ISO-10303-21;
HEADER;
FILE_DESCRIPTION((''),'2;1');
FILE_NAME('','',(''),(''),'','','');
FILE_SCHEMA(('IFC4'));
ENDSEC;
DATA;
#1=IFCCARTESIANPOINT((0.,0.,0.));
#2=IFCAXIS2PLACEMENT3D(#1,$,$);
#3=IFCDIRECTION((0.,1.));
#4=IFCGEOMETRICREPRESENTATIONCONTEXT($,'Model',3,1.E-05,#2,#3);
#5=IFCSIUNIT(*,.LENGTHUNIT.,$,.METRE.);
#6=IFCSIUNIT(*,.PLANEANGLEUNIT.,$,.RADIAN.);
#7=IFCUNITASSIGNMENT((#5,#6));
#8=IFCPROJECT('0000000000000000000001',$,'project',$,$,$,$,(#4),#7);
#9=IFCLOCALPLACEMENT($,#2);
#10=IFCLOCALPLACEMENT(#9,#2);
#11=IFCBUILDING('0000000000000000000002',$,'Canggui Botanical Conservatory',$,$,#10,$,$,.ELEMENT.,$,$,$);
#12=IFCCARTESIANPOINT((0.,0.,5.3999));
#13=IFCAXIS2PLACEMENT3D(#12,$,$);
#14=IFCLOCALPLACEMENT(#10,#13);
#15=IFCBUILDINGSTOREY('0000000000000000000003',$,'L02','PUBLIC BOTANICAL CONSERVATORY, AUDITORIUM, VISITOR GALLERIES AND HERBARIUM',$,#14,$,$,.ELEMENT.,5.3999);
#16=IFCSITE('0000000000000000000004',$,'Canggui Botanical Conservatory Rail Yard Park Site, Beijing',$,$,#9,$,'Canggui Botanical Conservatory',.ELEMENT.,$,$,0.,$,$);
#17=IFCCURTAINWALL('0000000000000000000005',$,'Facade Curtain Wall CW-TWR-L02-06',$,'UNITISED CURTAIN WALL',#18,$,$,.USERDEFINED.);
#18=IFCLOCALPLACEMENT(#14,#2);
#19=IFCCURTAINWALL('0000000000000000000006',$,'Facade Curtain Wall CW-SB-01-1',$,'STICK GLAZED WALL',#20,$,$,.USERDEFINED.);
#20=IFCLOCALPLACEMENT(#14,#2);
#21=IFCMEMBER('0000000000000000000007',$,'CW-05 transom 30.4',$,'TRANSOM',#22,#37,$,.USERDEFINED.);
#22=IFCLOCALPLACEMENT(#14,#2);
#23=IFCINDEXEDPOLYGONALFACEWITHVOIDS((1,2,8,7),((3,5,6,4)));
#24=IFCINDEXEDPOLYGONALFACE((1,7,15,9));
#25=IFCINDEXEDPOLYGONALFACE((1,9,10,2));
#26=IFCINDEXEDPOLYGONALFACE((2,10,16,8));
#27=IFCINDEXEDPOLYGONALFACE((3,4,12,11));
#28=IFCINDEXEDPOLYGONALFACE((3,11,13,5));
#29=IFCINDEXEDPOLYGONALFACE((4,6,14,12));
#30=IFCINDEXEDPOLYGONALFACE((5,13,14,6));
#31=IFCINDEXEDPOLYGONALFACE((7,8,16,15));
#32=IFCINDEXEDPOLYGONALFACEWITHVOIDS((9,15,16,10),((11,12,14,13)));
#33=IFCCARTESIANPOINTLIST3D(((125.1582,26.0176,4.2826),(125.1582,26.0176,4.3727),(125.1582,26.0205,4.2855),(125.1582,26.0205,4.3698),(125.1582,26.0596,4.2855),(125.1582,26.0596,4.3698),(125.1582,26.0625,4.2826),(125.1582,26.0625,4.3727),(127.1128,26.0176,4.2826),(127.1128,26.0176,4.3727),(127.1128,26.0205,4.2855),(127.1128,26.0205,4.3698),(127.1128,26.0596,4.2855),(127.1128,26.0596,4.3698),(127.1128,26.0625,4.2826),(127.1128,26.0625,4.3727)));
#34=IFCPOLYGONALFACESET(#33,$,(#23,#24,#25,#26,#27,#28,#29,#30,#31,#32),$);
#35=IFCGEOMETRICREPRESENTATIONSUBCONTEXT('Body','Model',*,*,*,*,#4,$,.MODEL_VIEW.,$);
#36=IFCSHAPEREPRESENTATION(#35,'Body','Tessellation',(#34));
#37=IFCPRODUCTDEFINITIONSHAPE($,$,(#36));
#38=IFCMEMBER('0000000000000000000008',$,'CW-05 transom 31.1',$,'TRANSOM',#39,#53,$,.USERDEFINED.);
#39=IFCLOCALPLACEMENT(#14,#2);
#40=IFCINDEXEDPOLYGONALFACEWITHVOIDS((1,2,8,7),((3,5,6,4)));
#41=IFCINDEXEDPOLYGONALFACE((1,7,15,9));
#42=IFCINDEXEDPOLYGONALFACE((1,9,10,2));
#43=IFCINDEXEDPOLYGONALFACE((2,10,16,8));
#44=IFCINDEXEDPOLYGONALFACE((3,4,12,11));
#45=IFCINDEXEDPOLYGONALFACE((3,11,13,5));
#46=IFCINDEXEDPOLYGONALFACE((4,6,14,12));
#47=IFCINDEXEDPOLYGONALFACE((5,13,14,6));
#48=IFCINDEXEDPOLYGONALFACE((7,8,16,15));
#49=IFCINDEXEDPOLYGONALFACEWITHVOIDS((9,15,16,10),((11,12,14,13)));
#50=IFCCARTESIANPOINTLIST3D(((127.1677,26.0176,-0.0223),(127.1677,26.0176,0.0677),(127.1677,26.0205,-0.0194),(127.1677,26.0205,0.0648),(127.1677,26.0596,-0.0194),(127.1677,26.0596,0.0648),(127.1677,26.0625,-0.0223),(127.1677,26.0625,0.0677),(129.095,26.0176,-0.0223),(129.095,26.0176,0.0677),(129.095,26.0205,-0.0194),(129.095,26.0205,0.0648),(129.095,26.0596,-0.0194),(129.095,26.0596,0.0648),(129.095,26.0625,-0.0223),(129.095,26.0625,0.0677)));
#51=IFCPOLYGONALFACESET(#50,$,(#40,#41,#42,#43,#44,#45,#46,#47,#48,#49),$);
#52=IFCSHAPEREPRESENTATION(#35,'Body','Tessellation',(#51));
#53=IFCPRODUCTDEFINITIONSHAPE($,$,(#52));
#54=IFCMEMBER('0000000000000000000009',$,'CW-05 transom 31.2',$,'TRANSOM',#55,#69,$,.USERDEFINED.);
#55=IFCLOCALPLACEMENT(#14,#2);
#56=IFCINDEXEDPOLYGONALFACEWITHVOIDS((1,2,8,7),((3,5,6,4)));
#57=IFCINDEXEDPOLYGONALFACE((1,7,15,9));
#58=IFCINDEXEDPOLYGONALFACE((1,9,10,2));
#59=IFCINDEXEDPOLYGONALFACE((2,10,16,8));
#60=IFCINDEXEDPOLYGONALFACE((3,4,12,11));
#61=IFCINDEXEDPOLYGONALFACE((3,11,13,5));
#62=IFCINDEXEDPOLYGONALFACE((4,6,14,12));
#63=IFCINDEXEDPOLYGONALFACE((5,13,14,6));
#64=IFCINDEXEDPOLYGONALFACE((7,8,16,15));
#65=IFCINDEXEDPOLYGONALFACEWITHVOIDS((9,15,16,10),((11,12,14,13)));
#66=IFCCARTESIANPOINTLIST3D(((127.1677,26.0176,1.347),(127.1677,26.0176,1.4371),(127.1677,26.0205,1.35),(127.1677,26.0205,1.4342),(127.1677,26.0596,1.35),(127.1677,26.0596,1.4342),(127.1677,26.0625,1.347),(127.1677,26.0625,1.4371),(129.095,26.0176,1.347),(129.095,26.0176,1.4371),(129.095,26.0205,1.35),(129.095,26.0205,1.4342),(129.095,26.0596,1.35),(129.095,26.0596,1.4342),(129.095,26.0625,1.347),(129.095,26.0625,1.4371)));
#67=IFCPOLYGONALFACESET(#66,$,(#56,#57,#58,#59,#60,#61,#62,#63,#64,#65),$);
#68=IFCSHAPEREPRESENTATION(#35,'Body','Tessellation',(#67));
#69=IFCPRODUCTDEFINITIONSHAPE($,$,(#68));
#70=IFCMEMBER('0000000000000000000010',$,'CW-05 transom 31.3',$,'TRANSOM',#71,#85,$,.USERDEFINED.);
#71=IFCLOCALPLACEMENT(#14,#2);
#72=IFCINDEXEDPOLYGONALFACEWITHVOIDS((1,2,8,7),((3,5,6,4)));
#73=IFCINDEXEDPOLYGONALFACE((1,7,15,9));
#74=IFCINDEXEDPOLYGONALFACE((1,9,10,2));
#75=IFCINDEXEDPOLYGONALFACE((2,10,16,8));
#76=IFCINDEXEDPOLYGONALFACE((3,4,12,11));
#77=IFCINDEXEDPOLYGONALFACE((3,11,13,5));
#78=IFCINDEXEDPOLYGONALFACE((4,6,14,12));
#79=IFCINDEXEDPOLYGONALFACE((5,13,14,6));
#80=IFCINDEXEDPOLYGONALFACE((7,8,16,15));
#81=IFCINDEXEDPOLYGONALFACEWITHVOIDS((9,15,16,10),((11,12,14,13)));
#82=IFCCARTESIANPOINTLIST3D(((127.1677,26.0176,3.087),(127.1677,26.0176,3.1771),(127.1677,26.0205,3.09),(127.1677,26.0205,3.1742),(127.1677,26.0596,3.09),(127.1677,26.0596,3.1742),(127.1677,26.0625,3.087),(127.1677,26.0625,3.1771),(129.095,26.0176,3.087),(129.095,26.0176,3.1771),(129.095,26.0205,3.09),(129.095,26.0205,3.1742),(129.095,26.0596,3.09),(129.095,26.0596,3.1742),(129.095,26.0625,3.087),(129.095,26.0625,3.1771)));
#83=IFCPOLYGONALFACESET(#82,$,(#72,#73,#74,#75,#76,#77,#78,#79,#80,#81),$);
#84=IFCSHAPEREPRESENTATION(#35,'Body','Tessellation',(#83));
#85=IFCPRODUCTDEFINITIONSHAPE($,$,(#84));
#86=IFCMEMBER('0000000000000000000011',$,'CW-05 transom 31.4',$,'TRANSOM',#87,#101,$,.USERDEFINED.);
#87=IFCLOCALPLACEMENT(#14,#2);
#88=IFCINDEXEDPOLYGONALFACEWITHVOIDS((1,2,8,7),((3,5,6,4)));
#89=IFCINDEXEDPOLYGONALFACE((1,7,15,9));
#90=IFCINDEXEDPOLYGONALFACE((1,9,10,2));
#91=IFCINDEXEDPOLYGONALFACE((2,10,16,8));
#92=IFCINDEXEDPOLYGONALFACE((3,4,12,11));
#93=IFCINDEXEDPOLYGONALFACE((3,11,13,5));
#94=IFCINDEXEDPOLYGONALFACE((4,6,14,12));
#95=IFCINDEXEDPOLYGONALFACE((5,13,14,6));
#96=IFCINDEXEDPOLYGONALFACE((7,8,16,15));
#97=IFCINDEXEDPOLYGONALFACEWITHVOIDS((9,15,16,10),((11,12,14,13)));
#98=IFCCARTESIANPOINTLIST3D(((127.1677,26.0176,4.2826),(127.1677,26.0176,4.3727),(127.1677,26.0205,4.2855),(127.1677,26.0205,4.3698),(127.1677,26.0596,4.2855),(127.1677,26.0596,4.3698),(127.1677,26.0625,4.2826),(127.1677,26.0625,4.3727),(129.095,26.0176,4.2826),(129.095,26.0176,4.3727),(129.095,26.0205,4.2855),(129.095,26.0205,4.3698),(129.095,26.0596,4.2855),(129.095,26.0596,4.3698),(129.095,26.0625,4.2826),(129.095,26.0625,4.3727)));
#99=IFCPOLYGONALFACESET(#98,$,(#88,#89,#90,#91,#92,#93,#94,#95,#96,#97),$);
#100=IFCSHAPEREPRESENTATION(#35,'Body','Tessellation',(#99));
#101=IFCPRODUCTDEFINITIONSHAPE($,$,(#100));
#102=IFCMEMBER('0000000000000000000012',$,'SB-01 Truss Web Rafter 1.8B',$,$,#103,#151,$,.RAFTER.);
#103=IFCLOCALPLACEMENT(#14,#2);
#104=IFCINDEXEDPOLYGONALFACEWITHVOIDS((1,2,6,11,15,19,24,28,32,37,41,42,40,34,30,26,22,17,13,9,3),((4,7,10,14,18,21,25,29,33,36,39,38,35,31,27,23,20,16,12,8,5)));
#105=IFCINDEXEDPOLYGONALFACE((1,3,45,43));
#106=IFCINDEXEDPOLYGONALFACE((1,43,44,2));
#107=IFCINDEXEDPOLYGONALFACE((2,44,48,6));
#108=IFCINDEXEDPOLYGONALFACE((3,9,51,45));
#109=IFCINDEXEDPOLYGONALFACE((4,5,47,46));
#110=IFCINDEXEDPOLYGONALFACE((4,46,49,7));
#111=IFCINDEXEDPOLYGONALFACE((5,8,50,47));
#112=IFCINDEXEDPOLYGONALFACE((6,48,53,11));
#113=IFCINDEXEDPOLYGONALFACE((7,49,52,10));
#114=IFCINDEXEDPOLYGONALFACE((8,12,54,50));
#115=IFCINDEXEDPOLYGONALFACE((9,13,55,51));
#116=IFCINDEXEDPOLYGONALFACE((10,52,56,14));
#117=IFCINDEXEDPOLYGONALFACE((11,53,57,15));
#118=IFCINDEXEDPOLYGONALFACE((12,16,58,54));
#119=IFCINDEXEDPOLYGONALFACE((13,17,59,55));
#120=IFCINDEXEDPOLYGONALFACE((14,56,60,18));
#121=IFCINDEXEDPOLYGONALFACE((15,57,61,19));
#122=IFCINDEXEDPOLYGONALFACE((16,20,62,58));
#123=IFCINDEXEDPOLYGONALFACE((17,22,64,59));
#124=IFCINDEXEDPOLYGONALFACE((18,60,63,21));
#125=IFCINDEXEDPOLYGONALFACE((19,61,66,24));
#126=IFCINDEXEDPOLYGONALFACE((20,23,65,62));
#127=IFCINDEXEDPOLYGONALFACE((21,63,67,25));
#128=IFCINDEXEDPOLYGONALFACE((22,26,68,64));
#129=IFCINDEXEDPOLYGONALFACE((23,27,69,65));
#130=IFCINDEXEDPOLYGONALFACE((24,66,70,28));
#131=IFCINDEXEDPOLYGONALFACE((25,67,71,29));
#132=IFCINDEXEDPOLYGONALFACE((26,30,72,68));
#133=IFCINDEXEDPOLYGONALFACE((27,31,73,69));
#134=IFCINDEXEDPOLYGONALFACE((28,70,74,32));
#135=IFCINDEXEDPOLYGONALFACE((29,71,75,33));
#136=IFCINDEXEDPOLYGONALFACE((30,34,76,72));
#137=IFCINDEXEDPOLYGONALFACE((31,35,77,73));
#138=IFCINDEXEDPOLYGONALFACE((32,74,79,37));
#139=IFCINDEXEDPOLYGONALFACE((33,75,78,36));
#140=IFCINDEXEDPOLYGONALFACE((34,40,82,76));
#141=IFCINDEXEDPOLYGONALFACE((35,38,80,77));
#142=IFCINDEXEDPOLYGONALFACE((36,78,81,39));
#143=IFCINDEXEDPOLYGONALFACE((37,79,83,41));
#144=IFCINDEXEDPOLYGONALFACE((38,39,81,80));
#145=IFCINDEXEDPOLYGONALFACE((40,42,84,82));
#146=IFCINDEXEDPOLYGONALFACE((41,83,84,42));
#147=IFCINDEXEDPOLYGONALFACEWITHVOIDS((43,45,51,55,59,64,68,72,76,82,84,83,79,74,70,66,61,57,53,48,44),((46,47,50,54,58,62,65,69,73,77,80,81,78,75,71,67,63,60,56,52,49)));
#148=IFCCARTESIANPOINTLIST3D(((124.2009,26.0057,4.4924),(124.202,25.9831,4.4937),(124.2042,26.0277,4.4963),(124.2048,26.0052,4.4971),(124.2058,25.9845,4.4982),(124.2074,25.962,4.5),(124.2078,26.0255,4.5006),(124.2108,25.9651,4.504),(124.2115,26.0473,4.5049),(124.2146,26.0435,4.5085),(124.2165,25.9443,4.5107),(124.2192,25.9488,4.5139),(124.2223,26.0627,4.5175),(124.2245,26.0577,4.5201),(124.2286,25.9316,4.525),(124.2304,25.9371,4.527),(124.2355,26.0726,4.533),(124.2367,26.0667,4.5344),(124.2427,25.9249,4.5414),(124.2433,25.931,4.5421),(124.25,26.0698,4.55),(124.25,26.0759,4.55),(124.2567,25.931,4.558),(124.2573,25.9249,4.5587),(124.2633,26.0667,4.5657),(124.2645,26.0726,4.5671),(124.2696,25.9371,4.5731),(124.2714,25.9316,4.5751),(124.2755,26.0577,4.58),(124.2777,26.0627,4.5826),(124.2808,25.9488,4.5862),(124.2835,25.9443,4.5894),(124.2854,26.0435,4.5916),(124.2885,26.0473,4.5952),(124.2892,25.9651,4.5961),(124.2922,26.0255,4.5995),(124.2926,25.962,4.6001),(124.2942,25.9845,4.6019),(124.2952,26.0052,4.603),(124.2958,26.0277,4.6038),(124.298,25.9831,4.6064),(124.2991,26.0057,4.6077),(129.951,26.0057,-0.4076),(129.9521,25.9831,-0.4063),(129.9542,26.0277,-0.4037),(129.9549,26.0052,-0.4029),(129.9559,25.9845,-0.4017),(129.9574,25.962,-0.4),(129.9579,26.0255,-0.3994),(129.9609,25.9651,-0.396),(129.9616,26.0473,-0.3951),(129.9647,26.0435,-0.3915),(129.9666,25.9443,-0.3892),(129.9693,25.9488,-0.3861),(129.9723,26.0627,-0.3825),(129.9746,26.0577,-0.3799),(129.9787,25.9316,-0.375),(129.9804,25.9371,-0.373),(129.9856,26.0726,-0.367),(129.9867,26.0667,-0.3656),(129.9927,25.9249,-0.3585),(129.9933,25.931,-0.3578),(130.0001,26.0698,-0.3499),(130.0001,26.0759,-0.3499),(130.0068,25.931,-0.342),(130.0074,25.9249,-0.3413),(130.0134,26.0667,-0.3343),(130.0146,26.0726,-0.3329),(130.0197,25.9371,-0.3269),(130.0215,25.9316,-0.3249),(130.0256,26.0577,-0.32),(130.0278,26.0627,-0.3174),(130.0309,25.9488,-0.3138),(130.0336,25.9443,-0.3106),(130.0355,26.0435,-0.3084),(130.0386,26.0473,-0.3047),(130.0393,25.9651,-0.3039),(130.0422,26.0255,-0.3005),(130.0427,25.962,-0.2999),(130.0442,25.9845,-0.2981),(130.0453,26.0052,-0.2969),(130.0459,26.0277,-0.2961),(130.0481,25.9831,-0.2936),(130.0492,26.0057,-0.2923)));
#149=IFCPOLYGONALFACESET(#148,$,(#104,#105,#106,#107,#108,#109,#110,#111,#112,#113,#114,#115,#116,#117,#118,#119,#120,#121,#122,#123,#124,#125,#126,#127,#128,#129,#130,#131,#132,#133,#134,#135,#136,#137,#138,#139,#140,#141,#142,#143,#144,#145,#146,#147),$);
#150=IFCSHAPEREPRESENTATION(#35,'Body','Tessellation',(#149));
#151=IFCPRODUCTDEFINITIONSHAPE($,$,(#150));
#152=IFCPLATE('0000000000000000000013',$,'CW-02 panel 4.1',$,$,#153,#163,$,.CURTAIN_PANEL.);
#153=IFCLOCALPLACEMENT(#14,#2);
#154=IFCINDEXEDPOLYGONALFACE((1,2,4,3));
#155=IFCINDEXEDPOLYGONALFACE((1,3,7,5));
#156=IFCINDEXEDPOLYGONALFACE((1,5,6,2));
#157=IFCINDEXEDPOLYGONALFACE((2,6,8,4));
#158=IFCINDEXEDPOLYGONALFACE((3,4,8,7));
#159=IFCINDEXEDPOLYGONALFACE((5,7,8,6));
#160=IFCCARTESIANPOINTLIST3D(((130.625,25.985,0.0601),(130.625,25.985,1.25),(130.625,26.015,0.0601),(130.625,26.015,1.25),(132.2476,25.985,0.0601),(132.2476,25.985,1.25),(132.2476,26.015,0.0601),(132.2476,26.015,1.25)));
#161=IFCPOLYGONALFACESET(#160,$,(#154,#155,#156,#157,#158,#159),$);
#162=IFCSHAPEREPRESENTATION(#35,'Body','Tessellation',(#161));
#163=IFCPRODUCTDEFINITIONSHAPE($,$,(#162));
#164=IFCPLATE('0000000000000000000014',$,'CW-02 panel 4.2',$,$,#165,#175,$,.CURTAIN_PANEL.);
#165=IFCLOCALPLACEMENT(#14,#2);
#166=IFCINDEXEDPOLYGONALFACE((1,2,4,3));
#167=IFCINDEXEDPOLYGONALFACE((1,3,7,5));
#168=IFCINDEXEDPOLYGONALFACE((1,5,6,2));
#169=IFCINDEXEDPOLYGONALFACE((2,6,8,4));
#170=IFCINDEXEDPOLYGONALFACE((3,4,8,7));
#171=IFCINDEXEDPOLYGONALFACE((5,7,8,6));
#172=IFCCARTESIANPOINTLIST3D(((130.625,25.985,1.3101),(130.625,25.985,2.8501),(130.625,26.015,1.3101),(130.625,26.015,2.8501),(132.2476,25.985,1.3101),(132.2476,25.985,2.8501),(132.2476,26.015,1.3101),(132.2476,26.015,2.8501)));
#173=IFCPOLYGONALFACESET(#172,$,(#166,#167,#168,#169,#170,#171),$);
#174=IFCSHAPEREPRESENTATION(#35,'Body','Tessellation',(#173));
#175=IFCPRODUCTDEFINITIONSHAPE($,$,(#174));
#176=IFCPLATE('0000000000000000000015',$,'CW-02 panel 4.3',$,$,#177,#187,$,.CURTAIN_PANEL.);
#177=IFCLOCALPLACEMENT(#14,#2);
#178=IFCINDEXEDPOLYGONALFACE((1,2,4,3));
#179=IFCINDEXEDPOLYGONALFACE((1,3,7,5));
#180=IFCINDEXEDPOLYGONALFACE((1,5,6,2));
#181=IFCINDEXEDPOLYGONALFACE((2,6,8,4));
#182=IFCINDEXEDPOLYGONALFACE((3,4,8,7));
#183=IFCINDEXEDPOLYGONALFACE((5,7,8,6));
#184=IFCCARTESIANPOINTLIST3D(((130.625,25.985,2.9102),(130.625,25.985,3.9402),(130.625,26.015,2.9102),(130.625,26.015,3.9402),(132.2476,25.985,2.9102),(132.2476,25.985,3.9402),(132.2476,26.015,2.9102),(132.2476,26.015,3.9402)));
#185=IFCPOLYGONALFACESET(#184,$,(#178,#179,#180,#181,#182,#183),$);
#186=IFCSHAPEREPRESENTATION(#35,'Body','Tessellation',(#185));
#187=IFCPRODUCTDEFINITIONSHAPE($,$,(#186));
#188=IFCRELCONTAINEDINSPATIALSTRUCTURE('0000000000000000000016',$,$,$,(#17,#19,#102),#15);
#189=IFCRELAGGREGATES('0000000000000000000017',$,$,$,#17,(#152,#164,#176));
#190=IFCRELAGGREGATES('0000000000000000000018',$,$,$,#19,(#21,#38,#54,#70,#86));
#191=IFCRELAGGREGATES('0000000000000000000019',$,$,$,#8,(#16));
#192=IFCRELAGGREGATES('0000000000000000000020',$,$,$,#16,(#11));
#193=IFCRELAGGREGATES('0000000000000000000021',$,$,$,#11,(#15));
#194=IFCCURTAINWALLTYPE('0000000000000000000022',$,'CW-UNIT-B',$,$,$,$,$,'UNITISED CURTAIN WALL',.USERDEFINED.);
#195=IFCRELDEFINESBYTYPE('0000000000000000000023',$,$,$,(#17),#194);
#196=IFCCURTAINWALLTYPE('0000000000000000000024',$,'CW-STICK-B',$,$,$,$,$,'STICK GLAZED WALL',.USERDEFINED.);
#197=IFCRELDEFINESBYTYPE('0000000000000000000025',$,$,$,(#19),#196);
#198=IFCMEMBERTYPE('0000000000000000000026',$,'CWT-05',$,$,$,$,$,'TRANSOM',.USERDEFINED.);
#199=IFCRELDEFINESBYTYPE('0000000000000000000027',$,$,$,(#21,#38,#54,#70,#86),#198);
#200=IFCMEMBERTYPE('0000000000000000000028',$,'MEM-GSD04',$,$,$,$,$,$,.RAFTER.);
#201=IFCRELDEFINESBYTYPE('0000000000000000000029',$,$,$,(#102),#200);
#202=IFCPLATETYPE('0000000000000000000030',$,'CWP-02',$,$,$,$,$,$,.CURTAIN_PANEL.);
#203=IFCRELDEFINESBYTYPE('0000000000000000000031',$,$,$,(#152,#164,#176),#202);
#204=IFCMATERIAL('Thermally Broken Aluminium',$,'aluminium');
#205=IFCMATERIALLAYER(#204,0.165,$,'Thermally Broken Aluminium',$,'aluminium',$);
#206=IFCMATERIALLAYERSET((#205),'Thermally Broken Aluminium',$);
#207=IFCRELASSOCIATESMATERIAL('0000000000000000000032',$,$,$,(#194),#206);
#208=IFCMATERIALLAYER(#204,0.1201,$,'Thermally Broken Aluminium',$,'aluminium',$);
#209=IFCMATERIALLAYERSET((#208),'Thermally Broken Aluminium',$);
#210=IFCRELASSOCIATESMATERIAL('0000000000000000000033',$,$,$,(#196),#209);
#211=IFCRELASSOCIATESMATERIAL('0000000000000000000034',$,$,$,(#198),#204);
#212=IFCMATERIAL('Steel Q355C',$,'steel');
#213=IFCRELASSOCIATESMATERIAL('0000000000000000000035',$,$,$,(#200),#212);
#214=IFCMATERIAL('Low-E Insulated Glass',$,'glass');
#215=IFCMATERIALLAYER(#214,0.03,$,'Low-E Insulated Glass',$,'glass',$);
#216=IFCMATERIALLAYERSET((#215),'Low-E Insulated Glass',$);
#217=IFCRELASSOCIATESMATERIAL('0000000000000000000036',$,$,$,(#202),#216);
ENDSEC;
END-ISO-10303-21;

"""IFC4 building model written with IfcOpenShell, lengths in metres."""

from ifc_helpers import new_model, si_unit, direction, frame, origin, origin_2d, place, context, subcontext, project, spatial, rectangle, hollow_rectangle, hollow_circle, extrude, material, layer, layer_set, material_profile, profile_set, type_object, element, aggregate, save


model = new_model("IFC4")

# Units and contexts
model_context = context("Model", 3, precision=1e-05, world=origin(), true_north=direction((0.0, 1.0)))
body_context = subcontext(model_context, "Body", "Model", "MODEL_VIEW")
ifc_project = project(units=[si_unit("LENGTHUNIT", "METRE"), si_unit("PLANEANGLEUNIT", "RADIAN")], contexts=[model_context])

# Site, building, storey
site_placement = place(None, origin())
site = spatial("IfcSite", under=ifc_project, at=site_placement, Name="Canggui Botanical Conservatory Rail Yard Park Site, Beijing", LongName="Canggui Botanical Conservatory", CompositionType="ELEMENT", RefElevation=0.0)
building_placement = place(site_placement, origin())
building = spatial("IfcBuilding", under=site, at=building_placement, Name="Canggui Botanical Conservatory", CompositionType="ELEMENT")
storey_placement = place(building_placement, frame((0.0, 0.0, 5.3999)))
storey = spatial("IfcBuildingStorey", under=building, at=storey_placement, Name="L02", Description="PUBLIC BOTANICAL CONSERVATORY, AUDITORIUM, VISITOR GALLERIES AND HERBARIUM", CompositionType="ELEMENT", Elevation=5.3999)

# Curtain wall
ifc_material_1 = material(Name="Thermally Broken Aluminium", Category="aluminium")
ifc_layer_1 = layer(ifc_material_1, 0.165, Name="Thermally Broken Aluminium", Category="aluminium")
ifc_layer_set_1 = layer_set([ifc_layer_1], Name="Thermally Broken Aluminium")
curtain_wall_type_1 = type_object("IfcCurtainWallType", Name="CW-UNIT-B", ElementType="UNITISED CURTAIN WALL", PredefinedType="USERDEFINED", material=ifc_layer_set_1)
curtain_wall_1_placement = place(storey_placement, origin())
curtain_wall_1 = element("IfcCurtainWall", 1, at=curtain_wall_1_placement, inside=storey, type_object=curtain_wall_type_1, Name="Facade Curtain Wall CW-TWR-L02-06", ObjectType="UNITISED CURTAIN WALL", PredefinedType="USERDEFINED")

# Curtain wall, members
ifc_layer_2 = layer(ifc_material_1, 0.1201, Name="Thermally Broken Aluminium", Category="aluminium")
ifc_layer_set_2 = layer_set([ifc_layer_2], Name="Thermally Broken Aluminium")
curtain_wall_type_2 = type_object("IfcCurtainWallType", Name="CW-STICK-B", ElementType="STICK GLAZED WALL", PredefinedType="USERDEFINED", material=ifc_layer_set_2)
curtain_wall_2_placement = place(storey_placement, origin())
curtain_wall_2 = element("IfcCurtainWall", 2, at=curtain_wall_2_placement, inside=storey, type_object=curtain_wall_type_2, Name="Facade Curtain Wall CW-SB-01-1", ObjectType="STICK GLAZED WALL", PredefinedType="USERDEFINED")
ifc_material_profile_1 = material_profile(ifc_material_1, hollow_rectangle(XDim=0.0449, YDim=0.0901, WallThickness=0.0029, at=origin_2d()), Name="CWT 45x90x3")
ifc_profile_set_1 = profile_set([ifc_material_profile_1], Name="Thermally Broken Aluminium")
member_type_1 = type_object("IfcMemberType", Name="CWT-05", ElementType="TRANSOM", PredefinedType="USERDEFINED", material=ifc_profile_set_1)
member_1_placement = place(storey_placement, frame((125.1582, 26.04, 4.3276), z_axis=(1.0, 0.0, 0.0), x_axis=(0.0, 1.0, 0.0)))
member_1 = element("IfcMember", 3, at=member_1_placement, type_object=member_type_1, Name="CW-05 transom 30.4", ObjectType="TRANSOM", PredefinedType="USERDEFINED", context=body_context, shape_type="SweptSolid", body=[
    extrude(hollow_rectangle(XDim=0.0449, YDim=0.0901, WallThickness=0.0029, at=origin_2d()), origin(), (0.0, 0.0, 1.0), 1.9546),
])
member_2_placement = place(storey_placement, frame((127.1677, 26.04, 0.0227), z_axis=(1.0, 0.0, 0.0), x_axis=(0.0, 1.0, 0.0)))
member_2 = element("IfcMember", 4, at=member_2_placement, type_object=member_type_1, Name="CW-05 transom 31.1", ObjectType="TRANSOM", PredefinedType="USERDEFINED", context=body_context, shape_type="SweptSolid", body=[
    extrude(hollow_rectangle(XDim=0.0449, YDim=0.0901, WallThickness=0.0029, at=origin_2d()), origin(), (0.0, 0.0, 1.0), 1.9272),
])
member_3_placement = place(storey_placement, frame((127.1677, 26.04, 1.3921), z_axis=(1.0, 0.0, 0.0), x_axis=(0.0, 1.0, 0.0)))
member_3 = element("IfcMember", 5, at=member_3_placement, type_object=member_type_1, Name="CW-05 transom 31.2", ObjectType="TRANSOM", PredefinedType="USERDEFINED", context=body_context, shape_type="SweptSolid", body=[
    extrude(hollow_rectangle(XDim=0.0449, YDim=0.0901, WallThickness=0.0029, at=origin_2d()), origin(), (0.0, 0.0, 1.0), 1.9272),
])
member_4_placement = place(storey_placement, frame((127.1677, 26.04, 3.1321), z_axis=(1.0, 0.0, 0.0), x_axis=(0.0, 1.0, 0.0)))
member_4 = element("IfcMember", 6, at=member_4_placement, type_object=member_type_1, Name="CW-05 transom 31.3", ObjectType="TRANSOM", PredefinedType="USERDEFINED", context=body_context, shape_type="SweptSolid", body=[
    extrude(hollow_rectangle(XDim=0.0449, YDim=0.0901, WallThickness=0.0029, at=origin_2d()), origin(), (0.0, 0.0, 1.0), 1.9272),
])
member_5_placement = place(storey_placement, frame((127.1677, 26.04, 4.3276), z_axis=(1.0, 0.0, 0.0), x_axis=(0.0, 1.0, 0.0)))
member_5 = element("IfcMember", 7, at=member_5_placement, type_object=member_type_1, Name="CW-05 transom 31.4", ObjectType="TRANSOM", PredefinedType="USERDEFINED", context=body_context, shape_type="SweptSolid", body=[
    extrude(hollow_rectangle(XDim=0.0449, YDim=0.0901, WallThickness=0.0029, at=origin_2d()), origin(), (0.0, 0.0, 1.0), 1.9272),
])

# Member
ifc_material_2 = material(Name="Steel Q355C", Category="steel")
ifc_material_profile_2 = material_profile(ifc_material_2, hollow_circle(Radius=0.0759, WallThickness=0.0061, at=origin_2d()), Name="CHS 152x6")
ifc_profile_set_2 = profile_set([ifc_material_profile_2], Name="Steel Q355C")
member_type_2 = type_object("IfcMemberType", Name="MEM-GSD04", PredefinedType="RAFTER", material=ifc_profile_set_2)
member_6_placement = place(storey_placement, frame((124.25, 26.0, 4.55), z_axis=(0.761129, 0.0, -0.648601), x_axis=(0.0, 1.0, 0.0)))
element("IfcMember", 8, at=member_6_placement, inside=storey, type_object=member_type_2, Name="SB-01 Truss Web Rafter 1.8B", PredefinedType="RAFTER", context=body_context, shape_type="SweptSolid", body=[
    extrude(hollow_circle(Radius=0.0759, WallThickness=0.0061, at=origin_2d()), origin(), (0.0, 0.0, 1.0), 7.5547),
])

# Plates
ifc_material_3 = material(Name="Low-E Insulated Glass", Category="glass")
ifc_layer_3 = layer(ifc_material_3, 0.03, Name="Low-E Insulated Glass", Category="glass")
ifc_layer_set_3 = layer_set([ifc_layer_3], Name="Low-E Insulated Glass")
plate_type_1 = type_object("IfcPlateType", Name="CWP-02", PredefinedType="CURTAIN_PANEL", material=ifc_layer_set_3)
plate_1_placement = place(storey_placement, frame((131.4363, 26.0, 0.0601), z_axis=(0.0, 0.0, 1.0), x_axis=(-1.0, 0.0, 0.0)))
plate_1 = element("IfcPlate", 9, at=plate_1_placement, type_object=plate_type_1, Name="CW-02 panel 4.1", PredefinedType="CURTAIN_PANEL", context=body_context, shape_type="SweptSolid", body=[
    extrude(rectangle(XDim=1.6226, YDim=0.03, at=origin_2d()), origin(), (0.0, 0.0, 1.0), 1.1899),
])
plate_2_placement = place(storey_placement, frame((131.4363, 26.0, 1.3101), z_axis=(0.0, 0.0, 1.0), x_axis=(-1.0, 0.0, 0.0)))
plate_2 = element("IfcPlate", 10, at=plate_2_placement, type_object=plate_type_1, Name="CW-02 panel 4.2", PredefinedType="CURTAIN_PANEL", context=body_context, shape_type="SweptSolid", body=[
    extrude(rectangle(XDim=1.6226, YDim=0.03, at=origin_2d()), origin(), (0.0, 0.0, 1.0), 1.54),
])
plate_3_placement = place(storey_placement, frame((131.4363, 26.0, 2.9102), z_axis=(0.0, 0.0, 1.0), x_axis=(-1.0, 0.0, 0.0)))
plate_3 = element("IfcPlate", 11, at=plate_3_placement, type_object=plate_type_1, Name="CW-02 panel 4.3", PredefinedType="CURTAIN_PANEL", context=body_context, shape_type="SweptSolid", body=[
    extrude(rectangle(XDim=1.6226, YDim=0.03, at=origin_2d()), origin(), (0.0, 0.0, 1.0), 1.03),
])
aggregate(curtain_wall_1, [plate_1, plate_2, plate_3])
aggregate(curtain_wall_2, [member_1, member_2, member_3, member_4, member_5])

save(model, "model.ifc")
